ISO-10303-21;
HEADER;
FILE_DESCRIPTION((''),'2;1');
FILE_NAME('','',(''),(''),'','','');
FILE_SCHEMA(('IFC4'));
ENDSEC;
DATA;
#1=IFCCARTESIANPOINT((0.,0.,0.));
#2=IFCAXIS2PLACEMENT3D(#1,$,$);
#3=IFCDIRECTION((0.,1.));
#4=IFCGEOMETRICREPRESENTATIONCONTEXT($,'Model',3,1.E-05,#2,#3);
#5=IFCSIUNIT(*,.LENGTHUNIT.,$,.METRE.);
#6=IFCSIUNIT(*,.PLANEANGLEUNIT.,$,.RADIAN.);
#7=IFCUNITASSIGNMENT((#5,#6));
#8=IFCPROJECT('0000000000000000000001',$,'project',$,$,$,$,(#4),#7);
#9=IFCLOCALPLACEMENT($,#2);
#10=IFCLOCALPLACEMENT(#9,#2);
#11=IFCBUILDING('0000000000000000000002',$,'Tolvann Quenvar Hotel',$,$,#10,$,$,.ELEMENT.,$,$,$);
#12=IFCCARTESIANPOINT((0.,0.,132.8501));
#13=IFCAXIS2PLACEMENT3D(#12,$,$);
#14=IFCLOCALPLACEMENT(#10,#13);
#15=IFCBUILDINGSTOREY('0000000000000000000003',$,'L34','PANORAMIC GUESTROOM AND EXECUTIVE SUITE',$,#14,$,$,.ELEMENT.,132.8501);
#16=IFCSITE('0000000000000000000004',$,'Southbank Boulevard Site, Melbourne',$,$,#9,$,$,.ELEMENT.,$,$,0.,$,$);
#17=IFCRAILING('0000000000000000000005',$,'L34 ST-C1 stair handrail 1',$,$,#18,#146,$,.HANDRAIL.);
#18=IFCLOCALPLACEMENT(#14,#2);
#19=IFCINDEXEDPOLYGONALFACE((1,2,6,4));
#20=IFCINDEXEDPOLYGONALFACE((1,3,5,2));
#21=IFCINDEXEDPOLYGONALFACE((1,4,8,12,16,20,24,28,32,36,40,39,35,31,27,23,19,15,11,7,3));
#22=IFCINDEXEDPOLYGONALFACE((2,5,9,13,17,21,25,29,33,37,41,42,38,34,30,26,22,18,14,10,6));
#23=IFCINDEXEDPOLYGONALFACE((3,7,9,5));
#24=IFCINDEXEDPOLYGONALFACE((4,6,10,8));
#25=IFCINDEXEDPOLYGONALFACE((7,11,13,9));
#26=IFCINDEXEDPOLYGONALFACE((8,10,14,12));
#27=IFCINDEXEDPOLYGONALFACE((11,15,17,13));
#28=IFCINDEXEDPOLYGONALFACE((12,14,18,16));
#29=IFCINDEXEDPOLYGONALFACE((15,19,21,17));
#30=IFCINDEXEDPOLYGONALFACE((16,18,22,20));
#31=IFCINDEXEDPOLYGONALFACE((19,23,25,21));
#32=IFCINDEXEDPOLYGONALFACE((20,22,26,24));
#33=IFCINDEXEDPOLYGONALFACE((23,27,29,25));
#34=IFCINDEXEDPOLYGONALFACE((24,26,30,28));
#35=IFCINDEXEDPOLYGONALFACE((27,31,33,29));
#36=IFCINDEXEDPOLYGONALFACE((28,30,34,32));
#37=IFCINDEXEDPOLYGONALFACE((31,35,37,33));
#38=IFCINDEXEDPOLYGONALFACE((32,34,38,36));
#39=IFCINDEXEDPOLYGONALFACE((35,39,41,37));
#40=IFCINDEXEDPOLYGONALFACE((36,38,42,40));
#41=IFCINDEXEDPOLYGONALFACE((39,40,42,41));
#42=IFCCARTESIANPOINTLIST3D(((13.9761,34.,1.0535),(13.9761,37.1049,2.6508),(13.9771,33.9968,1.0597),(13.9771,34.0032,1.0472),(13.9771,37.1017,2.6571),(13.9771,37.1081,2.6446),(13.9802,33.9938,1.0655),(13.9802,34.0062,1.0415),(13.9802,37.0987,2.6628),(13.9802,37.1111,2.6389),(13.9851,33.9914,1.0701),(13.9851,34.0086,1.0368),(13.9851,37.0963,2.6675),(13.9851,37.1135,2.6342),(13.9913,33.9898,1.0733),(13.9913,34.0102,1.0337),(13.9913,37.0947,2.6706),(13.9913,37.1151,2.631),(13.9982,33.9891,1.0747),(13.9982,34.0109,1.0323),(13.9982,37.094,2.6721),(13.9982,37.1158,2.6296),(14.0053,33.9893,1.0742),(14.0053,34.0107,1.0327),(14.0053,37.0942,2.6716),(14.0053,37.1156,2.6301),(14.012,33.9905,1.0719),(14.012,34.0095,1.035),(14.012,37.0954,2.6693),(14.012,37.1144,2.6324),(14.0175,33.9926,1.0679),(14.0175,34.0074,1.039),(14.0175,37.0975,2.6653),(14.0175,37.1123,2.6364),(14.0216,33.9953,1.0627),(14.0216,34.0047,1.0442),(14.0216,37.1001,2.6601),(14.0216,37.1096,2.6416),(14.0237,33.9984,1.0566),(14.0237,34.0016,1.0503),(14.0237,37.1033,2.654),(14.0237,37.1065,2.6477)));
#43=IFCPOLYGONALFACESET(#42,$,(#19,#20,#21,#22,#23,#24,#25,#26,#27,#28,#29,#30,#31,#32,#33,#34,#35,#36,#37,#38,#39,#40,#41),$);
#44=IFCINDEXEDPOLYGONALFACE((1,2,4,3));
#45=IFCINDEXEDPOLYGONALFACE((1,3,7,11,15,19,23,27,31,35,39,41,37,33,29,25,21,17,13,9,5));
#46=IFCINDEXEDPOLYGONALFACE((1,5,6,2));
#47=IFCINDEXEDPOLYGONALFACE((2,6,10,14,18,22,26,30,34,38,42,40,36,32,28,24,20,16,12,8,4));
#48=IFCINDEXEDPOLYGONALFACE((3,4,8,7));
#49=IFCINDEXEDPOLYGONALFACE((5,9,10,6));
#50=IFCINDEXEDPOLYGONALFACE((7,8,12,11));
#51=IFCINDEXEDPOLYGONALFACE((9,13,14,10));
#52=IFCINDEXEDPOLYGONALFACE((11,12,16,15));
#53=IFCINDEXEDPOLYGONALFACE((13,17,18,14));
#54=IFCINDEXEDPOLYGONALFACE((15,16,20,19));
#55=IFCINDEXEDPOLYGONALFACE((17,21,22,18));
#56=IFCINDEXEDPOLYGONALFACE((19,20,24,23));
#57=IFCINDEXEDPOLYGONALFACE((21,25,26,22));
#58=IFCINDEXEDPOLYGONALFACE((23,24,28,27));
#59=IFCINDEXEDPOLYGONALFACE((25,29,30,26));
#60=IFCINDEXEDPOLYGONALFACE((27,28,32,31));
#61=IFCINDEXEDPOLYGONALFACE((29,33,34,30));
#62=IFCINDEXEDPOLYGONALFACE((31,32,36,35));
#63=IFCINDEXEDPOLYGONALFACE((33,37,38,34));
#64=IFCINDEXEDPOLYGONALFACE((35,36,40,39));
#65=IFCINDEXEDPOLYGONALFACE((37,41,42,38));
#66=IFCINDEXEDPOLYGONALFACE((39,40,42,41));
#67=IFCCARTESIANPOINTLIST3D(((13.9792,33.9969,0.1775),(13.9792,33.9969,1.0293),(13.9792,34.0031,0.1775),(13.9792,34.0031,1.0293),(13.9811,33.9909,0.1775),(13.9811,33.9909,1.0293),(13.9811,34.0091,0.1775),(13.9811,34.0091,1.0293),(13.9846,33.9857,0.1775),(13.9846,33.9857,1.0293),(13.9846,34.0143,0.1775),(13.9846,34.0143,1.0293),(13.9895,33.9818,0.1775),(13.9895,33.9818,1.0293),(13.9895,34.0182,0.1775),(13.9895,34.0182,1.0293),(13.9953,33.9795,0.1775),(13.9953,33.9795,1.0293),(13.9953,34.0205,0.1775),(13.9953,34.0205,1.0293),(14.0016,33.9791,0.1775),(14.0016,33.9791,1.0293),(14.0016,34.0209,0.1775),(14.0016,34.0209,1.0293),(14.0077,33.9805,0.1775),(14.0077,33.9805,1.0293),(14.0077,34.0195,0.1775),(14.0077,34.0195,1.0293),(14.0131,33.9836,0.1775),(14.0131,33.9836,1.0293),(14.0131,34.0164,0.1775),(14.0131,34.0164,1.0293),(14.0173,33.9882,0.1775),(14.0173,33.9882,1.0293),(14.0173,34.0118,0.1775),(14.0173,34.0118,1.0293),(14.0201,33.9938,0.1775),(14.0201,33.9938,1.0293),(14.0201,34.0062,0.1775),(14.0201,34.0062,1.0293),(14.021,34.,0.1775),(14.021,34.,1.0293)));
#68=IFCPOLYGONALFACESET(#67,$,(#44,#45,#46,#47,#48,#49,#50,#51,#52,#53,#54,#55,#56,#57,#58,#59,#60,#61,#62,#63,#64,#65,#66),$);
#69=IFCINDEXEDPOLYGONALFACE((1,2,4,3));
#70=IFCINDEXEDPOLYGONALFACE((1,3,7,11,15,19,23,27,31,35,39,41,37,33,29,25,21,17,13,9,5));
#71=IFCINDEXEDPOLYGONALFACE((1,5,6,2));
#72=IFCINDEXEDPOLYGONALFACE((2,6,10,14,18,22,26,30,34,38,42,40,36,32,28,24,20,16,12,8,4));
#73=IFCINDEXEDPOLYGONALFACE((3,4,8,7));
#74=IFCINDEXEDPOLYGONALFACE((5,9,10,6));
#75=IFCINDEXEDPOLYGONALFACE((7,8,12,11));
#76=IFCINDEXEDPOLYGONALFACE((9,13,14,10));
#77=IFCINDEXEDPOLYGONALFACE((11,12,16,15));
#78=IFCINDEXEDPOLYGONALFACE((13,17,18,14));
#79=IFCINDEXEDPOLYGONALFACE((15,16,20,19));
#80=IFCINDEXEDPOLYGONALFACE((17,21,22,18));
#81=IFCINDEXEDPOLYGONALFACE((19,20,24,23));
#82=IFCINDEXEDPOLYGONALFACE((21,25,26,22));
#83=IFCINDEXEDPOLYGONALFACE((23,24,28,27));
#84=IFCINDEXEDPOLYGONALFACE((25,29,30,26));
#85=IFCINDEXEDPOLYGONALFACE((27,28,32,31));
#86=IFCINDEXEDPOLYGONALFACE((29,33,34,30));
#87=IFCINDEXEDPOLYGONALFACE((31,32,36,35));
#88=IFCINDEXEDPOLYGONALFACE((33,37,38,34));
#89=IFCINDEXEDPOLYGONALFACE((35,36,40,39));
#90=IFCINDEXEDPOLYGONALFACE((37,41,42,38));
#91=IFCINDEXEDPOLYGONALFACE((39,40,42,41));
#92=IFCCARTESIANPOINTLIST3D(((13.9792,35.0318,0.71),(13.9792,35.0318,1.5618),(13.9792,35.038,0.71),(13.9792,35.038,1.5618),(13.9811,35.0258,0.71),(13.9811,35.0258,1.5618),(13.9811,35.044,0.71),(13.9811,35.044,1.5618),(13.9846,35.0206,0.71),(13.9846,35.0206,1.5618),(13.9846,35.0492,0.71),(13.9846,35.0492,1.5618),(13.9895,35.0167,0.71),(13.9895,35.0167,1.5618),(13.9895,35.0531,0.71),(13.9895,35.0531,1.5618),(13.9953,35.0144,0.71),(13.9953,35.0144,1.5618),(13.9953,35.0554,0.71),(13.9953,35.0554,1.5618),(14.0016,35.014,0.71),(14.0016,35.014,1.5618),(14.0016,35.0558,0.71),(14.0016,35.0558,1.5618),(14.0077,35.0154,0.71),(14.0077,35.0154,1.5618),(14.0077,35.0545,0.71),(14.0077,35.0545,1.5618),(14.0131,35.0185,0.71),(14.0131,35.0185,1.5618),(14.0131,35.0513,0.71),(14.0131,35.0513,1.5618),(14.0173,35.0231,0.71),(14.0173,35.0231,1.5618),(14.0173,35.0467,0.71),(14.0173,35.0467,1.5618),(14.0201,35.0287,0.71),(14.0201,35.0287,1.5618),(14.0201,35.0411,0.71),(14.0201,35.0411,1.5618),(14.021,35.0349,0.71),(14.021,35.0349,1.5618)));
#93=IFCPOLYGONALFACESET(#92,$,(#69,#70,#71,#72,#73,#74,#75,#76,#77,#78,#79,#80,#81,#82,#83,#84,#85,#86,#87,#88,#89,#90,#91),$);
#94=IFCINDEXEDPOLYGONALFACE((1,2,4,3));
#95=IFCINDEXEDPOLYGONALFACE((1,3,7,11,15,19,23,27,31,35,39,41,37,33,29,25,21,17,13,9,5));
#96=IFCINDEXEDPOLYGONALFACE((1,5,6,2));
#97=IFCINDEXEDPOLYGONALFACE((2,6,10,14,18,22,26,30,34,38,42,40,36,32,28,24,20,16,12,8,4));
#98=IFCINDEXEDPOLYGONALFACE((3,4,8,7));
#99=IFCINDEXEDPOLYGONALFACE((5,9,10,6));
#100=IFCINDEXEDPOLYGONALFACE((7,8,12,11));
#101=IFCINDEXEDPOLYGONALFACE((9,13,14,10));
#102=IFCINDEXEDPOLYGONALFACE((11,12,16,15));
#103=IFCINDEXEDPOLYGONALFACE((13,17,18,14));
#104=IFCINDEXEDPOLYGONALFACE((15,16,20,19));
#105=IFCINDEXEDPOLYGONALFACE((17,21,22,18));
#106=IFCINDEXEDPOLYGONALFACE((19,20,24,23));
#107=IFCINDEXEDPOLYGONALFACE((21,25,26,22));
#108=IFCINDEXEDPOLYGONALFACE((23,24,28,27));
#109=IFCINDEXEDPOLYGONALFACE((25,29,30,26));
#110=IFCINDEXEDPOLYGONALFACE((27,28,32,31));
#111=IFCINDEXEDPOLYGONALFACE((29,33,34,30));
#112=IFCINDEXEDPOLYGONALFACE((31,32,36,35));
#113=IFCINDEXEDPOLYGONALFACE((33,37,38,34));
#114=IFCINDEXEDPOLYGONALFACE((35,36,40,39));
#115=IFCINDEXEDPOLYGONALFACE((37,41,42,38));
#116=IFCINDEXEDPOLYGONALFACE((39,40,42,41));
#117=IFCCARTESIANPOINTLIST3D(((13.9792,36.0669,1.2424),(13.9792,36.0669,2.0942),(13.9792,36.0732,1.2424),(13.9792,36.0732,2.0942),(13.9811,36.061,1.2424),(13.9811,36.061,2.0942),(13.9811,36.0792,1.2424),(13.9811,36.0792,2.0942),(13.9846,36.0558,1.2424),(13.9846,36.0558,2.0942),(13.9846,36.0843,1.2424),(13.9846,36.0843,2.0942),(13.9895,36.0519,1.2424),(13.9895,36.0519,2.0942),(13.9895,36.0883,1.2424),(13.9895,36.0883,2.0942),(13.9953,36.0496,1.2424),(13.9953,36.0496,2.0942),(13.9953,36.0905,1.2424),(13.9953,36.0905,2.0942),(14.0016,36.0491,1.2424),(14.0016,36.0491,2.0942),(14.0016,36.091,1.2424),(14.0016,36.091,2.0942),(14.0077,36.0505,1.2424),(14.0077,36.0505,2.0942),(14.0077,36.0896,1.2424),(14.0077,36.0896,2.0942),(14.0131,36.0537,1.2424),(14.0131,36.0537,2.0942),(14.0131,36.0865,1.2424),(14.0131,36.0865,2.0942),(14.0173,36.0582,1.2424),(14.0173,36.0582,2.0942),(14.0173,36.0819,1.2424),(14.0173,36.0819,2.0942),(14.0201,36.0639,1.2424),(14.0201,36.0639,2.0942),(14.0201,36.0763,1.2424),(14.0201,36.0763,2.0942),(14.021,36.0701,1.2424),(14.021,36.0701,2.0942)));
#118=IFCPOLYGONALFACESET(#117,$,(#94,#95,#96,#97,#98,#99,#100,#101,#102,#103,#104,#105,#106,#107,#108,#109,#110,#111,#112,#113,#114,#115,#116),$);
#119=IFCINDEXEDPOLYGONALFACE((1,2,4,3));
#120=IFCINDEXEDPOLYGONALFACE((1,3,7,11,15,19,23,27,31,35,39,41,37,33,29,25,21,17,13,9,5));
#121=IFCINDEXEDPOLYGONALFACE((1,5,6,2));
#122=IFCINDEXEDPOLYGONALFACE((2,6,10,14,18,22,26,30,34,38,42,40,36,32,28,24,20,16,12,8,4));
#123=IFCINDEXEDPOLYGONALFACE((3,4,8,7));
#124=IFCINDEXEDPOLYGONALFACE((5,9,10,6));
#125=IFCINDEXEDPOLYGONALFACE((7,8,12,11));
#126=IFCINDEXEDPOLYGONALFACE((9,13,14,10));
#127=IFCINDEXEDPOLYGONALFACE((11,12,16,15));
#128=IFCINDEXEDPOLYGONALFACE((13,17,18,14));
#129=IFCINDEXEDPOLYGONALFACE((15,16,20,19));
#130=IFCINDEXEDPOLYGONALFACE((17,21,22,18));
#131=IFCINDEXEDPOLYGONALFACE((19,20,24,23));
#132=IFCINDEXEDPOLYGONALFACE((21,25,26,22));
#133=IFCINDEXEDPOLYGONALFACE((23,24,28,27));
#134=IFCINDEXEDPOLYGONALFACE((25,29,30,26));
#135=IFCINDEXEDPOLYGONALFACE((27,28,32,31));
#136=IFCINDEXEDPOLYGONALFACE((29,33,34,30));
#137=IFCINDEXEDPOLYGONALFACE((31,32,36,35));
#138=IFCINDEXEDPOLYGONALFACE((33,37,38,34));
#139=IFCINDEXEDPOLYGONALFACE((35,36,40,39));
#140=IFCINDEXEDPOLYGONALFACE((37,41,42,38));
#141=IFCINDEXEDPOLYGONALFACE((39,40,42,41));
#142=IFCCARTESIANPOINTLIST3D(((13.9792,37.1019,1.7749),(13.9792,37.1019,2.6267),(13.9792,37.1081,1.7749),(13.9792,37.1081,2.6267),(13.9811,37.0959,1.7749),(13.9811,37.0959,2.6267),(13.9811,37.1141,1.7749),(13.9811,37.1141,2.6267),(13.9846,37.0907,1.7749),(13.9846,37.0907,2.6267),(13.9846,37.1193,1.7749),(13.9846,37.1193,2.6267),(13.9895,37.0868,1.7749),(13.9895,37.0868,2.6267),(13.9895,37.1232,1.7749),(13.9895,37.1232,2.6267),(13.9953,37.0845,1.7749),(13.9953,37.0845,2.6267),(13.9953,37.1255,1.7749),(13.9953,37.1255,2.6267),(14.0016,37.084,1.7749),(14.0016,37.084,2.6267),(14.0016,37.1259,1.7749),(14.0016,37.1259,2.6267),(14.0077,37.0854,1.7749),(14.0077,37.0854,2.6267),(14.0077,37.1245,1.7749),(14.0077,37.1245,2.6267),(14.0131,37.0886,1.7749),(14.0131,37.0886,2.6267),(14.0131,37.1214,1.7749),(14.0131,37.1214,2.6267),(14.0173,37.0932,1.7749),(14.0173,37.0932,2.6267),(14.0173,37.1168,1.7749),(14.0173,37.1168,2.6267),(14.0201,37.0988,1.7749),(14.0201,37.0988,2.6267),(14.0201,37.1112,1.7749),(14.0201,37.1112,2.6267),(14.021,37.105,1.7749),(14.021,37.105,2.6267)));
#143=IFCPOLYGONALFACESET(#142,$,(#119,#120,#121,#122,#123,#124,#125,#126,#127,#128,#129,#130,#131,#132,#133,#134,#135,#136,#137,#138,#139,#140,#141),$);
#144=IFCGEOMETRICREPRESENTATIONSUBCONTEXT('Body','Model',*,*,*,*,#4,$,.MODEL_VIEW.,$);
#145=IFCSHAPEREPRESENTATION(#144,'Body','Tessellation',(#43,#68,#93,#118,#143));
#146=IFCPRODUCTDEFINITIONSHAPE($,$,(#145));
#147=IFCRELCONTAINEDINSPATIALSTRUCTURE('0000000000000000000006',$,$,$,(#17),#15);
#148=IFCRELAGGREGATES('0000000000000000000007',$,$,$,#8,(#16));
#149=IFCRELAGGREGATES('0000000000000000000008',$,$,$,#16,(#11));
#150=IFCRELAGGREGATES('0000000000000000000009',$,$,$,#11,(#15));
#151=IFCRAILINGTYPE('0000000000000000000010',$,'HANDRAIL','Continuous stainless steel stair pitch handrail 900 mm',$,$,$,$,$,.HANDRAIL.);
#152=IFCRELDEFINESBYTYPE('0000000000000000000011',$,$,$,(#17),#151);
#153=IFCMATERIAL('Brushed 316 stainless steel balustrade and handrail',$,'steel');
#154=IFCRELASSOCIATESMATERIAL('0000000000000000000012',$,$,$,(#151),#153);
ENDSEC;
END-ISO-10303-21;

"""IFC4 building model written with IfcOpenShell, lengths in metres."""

from ifc_helpers import new_model, si_unit, direction, frame, origin, origin_2d, place, context, subcontext, project, spatial, circle, extrude, material, type_object, element, save


model = new_model("IFC4")

# Units and contexts
model_context = context("Model", 3, precision=1e-05, world=origin(), true_north=direction((0.0, 1.0)))
body_context = subcontext(model_context, "Body", "Model", "MODEL_VIEW")
ifc_project = project(units=[si_unit("LENGTHUNIT", "METRE"), si_unit("PLANEANGLEUNIT", "RADIAN")], contexts=[model_context])

# Site, building, storey
site_placement = place(None, origin())
site = spatial("IfcSite", under=ifc_project, at=site_placement, Name="Southbank Boulevard Site, Melbourne", CompositionType="ELEMENT", RefElevation=0.0)
building_placement = place(site_placement, origin())
building = spatial("IfcBuilding", under=site, at=building_placement, Name="Tolvann Quenvar Hotel", CompositionType="ELEMENT")
storey_placement = place(building_placement, frame((0.0, 0.0, 132.8501)))
storey = spatial("IfcBuildingStorey", under=building, at=storey_placement, Name="L34", Description="PANORAMIC GUESTROOM AND EXECUTIVE SUITE", CompositionType="ELEMENT", Elevation=132.8501)

# Railing
ifc_material_1 = material(Name="Brushed 316 stainless steel balustrade and handrail", Category="steel")
railing_type_1 = type_object("IfcRailingType", Name="HANDRAIL", Description="Continuous stainless steel stair pitch handrail 900 mm", PredefinedType="HANDRAIL", material=ifc_material_1)
railing_1_placement = place(storey_placement, frame((14.0, 34.0, 0.1775)))
element("IfcRailing", 1, at=railing_1_placement, inside=storey, type_object=railing_type_1, Name="L34 ST-C1 stair handrail 1", PredefinedType="HANDRAIL", context=body_context, shape_type="SweptSolid", body=[
    extrude(circle(Radius=0.0239, at=origin_2d()), frame((0.0, 0.0, 0.876), z_axis=(0.0, 0.889222, 0.457476), x_axis=(-1.0, 0.0, 0.0)), (0.0, 0.0, 1.0), 3.4917),
    extrude(circle(Radius=0.021, at=origin_2d()), origin(), (0.0, 0.0, 1.0), 0.8518),
    extrude(circle(Radius=0.021, at=origin_2d()), frame((0.0, 1.0349, 0.5325)), (0.0, 0.0, 1.0), 0.8518),
    extrude(circle(Radius=0.021, at=origin_2d()), frame((0.0, 2.0701, 1.0649)), (0.0, 0.0, 1.0), 0.8518),
    extrude(circle(Radius=0.021, at=origin_2d()), frame((0.0, 3.105, 1.5974)), (0.0, 0.0, 1.0), 0.8518),
])

save(model, "model.ifc")
